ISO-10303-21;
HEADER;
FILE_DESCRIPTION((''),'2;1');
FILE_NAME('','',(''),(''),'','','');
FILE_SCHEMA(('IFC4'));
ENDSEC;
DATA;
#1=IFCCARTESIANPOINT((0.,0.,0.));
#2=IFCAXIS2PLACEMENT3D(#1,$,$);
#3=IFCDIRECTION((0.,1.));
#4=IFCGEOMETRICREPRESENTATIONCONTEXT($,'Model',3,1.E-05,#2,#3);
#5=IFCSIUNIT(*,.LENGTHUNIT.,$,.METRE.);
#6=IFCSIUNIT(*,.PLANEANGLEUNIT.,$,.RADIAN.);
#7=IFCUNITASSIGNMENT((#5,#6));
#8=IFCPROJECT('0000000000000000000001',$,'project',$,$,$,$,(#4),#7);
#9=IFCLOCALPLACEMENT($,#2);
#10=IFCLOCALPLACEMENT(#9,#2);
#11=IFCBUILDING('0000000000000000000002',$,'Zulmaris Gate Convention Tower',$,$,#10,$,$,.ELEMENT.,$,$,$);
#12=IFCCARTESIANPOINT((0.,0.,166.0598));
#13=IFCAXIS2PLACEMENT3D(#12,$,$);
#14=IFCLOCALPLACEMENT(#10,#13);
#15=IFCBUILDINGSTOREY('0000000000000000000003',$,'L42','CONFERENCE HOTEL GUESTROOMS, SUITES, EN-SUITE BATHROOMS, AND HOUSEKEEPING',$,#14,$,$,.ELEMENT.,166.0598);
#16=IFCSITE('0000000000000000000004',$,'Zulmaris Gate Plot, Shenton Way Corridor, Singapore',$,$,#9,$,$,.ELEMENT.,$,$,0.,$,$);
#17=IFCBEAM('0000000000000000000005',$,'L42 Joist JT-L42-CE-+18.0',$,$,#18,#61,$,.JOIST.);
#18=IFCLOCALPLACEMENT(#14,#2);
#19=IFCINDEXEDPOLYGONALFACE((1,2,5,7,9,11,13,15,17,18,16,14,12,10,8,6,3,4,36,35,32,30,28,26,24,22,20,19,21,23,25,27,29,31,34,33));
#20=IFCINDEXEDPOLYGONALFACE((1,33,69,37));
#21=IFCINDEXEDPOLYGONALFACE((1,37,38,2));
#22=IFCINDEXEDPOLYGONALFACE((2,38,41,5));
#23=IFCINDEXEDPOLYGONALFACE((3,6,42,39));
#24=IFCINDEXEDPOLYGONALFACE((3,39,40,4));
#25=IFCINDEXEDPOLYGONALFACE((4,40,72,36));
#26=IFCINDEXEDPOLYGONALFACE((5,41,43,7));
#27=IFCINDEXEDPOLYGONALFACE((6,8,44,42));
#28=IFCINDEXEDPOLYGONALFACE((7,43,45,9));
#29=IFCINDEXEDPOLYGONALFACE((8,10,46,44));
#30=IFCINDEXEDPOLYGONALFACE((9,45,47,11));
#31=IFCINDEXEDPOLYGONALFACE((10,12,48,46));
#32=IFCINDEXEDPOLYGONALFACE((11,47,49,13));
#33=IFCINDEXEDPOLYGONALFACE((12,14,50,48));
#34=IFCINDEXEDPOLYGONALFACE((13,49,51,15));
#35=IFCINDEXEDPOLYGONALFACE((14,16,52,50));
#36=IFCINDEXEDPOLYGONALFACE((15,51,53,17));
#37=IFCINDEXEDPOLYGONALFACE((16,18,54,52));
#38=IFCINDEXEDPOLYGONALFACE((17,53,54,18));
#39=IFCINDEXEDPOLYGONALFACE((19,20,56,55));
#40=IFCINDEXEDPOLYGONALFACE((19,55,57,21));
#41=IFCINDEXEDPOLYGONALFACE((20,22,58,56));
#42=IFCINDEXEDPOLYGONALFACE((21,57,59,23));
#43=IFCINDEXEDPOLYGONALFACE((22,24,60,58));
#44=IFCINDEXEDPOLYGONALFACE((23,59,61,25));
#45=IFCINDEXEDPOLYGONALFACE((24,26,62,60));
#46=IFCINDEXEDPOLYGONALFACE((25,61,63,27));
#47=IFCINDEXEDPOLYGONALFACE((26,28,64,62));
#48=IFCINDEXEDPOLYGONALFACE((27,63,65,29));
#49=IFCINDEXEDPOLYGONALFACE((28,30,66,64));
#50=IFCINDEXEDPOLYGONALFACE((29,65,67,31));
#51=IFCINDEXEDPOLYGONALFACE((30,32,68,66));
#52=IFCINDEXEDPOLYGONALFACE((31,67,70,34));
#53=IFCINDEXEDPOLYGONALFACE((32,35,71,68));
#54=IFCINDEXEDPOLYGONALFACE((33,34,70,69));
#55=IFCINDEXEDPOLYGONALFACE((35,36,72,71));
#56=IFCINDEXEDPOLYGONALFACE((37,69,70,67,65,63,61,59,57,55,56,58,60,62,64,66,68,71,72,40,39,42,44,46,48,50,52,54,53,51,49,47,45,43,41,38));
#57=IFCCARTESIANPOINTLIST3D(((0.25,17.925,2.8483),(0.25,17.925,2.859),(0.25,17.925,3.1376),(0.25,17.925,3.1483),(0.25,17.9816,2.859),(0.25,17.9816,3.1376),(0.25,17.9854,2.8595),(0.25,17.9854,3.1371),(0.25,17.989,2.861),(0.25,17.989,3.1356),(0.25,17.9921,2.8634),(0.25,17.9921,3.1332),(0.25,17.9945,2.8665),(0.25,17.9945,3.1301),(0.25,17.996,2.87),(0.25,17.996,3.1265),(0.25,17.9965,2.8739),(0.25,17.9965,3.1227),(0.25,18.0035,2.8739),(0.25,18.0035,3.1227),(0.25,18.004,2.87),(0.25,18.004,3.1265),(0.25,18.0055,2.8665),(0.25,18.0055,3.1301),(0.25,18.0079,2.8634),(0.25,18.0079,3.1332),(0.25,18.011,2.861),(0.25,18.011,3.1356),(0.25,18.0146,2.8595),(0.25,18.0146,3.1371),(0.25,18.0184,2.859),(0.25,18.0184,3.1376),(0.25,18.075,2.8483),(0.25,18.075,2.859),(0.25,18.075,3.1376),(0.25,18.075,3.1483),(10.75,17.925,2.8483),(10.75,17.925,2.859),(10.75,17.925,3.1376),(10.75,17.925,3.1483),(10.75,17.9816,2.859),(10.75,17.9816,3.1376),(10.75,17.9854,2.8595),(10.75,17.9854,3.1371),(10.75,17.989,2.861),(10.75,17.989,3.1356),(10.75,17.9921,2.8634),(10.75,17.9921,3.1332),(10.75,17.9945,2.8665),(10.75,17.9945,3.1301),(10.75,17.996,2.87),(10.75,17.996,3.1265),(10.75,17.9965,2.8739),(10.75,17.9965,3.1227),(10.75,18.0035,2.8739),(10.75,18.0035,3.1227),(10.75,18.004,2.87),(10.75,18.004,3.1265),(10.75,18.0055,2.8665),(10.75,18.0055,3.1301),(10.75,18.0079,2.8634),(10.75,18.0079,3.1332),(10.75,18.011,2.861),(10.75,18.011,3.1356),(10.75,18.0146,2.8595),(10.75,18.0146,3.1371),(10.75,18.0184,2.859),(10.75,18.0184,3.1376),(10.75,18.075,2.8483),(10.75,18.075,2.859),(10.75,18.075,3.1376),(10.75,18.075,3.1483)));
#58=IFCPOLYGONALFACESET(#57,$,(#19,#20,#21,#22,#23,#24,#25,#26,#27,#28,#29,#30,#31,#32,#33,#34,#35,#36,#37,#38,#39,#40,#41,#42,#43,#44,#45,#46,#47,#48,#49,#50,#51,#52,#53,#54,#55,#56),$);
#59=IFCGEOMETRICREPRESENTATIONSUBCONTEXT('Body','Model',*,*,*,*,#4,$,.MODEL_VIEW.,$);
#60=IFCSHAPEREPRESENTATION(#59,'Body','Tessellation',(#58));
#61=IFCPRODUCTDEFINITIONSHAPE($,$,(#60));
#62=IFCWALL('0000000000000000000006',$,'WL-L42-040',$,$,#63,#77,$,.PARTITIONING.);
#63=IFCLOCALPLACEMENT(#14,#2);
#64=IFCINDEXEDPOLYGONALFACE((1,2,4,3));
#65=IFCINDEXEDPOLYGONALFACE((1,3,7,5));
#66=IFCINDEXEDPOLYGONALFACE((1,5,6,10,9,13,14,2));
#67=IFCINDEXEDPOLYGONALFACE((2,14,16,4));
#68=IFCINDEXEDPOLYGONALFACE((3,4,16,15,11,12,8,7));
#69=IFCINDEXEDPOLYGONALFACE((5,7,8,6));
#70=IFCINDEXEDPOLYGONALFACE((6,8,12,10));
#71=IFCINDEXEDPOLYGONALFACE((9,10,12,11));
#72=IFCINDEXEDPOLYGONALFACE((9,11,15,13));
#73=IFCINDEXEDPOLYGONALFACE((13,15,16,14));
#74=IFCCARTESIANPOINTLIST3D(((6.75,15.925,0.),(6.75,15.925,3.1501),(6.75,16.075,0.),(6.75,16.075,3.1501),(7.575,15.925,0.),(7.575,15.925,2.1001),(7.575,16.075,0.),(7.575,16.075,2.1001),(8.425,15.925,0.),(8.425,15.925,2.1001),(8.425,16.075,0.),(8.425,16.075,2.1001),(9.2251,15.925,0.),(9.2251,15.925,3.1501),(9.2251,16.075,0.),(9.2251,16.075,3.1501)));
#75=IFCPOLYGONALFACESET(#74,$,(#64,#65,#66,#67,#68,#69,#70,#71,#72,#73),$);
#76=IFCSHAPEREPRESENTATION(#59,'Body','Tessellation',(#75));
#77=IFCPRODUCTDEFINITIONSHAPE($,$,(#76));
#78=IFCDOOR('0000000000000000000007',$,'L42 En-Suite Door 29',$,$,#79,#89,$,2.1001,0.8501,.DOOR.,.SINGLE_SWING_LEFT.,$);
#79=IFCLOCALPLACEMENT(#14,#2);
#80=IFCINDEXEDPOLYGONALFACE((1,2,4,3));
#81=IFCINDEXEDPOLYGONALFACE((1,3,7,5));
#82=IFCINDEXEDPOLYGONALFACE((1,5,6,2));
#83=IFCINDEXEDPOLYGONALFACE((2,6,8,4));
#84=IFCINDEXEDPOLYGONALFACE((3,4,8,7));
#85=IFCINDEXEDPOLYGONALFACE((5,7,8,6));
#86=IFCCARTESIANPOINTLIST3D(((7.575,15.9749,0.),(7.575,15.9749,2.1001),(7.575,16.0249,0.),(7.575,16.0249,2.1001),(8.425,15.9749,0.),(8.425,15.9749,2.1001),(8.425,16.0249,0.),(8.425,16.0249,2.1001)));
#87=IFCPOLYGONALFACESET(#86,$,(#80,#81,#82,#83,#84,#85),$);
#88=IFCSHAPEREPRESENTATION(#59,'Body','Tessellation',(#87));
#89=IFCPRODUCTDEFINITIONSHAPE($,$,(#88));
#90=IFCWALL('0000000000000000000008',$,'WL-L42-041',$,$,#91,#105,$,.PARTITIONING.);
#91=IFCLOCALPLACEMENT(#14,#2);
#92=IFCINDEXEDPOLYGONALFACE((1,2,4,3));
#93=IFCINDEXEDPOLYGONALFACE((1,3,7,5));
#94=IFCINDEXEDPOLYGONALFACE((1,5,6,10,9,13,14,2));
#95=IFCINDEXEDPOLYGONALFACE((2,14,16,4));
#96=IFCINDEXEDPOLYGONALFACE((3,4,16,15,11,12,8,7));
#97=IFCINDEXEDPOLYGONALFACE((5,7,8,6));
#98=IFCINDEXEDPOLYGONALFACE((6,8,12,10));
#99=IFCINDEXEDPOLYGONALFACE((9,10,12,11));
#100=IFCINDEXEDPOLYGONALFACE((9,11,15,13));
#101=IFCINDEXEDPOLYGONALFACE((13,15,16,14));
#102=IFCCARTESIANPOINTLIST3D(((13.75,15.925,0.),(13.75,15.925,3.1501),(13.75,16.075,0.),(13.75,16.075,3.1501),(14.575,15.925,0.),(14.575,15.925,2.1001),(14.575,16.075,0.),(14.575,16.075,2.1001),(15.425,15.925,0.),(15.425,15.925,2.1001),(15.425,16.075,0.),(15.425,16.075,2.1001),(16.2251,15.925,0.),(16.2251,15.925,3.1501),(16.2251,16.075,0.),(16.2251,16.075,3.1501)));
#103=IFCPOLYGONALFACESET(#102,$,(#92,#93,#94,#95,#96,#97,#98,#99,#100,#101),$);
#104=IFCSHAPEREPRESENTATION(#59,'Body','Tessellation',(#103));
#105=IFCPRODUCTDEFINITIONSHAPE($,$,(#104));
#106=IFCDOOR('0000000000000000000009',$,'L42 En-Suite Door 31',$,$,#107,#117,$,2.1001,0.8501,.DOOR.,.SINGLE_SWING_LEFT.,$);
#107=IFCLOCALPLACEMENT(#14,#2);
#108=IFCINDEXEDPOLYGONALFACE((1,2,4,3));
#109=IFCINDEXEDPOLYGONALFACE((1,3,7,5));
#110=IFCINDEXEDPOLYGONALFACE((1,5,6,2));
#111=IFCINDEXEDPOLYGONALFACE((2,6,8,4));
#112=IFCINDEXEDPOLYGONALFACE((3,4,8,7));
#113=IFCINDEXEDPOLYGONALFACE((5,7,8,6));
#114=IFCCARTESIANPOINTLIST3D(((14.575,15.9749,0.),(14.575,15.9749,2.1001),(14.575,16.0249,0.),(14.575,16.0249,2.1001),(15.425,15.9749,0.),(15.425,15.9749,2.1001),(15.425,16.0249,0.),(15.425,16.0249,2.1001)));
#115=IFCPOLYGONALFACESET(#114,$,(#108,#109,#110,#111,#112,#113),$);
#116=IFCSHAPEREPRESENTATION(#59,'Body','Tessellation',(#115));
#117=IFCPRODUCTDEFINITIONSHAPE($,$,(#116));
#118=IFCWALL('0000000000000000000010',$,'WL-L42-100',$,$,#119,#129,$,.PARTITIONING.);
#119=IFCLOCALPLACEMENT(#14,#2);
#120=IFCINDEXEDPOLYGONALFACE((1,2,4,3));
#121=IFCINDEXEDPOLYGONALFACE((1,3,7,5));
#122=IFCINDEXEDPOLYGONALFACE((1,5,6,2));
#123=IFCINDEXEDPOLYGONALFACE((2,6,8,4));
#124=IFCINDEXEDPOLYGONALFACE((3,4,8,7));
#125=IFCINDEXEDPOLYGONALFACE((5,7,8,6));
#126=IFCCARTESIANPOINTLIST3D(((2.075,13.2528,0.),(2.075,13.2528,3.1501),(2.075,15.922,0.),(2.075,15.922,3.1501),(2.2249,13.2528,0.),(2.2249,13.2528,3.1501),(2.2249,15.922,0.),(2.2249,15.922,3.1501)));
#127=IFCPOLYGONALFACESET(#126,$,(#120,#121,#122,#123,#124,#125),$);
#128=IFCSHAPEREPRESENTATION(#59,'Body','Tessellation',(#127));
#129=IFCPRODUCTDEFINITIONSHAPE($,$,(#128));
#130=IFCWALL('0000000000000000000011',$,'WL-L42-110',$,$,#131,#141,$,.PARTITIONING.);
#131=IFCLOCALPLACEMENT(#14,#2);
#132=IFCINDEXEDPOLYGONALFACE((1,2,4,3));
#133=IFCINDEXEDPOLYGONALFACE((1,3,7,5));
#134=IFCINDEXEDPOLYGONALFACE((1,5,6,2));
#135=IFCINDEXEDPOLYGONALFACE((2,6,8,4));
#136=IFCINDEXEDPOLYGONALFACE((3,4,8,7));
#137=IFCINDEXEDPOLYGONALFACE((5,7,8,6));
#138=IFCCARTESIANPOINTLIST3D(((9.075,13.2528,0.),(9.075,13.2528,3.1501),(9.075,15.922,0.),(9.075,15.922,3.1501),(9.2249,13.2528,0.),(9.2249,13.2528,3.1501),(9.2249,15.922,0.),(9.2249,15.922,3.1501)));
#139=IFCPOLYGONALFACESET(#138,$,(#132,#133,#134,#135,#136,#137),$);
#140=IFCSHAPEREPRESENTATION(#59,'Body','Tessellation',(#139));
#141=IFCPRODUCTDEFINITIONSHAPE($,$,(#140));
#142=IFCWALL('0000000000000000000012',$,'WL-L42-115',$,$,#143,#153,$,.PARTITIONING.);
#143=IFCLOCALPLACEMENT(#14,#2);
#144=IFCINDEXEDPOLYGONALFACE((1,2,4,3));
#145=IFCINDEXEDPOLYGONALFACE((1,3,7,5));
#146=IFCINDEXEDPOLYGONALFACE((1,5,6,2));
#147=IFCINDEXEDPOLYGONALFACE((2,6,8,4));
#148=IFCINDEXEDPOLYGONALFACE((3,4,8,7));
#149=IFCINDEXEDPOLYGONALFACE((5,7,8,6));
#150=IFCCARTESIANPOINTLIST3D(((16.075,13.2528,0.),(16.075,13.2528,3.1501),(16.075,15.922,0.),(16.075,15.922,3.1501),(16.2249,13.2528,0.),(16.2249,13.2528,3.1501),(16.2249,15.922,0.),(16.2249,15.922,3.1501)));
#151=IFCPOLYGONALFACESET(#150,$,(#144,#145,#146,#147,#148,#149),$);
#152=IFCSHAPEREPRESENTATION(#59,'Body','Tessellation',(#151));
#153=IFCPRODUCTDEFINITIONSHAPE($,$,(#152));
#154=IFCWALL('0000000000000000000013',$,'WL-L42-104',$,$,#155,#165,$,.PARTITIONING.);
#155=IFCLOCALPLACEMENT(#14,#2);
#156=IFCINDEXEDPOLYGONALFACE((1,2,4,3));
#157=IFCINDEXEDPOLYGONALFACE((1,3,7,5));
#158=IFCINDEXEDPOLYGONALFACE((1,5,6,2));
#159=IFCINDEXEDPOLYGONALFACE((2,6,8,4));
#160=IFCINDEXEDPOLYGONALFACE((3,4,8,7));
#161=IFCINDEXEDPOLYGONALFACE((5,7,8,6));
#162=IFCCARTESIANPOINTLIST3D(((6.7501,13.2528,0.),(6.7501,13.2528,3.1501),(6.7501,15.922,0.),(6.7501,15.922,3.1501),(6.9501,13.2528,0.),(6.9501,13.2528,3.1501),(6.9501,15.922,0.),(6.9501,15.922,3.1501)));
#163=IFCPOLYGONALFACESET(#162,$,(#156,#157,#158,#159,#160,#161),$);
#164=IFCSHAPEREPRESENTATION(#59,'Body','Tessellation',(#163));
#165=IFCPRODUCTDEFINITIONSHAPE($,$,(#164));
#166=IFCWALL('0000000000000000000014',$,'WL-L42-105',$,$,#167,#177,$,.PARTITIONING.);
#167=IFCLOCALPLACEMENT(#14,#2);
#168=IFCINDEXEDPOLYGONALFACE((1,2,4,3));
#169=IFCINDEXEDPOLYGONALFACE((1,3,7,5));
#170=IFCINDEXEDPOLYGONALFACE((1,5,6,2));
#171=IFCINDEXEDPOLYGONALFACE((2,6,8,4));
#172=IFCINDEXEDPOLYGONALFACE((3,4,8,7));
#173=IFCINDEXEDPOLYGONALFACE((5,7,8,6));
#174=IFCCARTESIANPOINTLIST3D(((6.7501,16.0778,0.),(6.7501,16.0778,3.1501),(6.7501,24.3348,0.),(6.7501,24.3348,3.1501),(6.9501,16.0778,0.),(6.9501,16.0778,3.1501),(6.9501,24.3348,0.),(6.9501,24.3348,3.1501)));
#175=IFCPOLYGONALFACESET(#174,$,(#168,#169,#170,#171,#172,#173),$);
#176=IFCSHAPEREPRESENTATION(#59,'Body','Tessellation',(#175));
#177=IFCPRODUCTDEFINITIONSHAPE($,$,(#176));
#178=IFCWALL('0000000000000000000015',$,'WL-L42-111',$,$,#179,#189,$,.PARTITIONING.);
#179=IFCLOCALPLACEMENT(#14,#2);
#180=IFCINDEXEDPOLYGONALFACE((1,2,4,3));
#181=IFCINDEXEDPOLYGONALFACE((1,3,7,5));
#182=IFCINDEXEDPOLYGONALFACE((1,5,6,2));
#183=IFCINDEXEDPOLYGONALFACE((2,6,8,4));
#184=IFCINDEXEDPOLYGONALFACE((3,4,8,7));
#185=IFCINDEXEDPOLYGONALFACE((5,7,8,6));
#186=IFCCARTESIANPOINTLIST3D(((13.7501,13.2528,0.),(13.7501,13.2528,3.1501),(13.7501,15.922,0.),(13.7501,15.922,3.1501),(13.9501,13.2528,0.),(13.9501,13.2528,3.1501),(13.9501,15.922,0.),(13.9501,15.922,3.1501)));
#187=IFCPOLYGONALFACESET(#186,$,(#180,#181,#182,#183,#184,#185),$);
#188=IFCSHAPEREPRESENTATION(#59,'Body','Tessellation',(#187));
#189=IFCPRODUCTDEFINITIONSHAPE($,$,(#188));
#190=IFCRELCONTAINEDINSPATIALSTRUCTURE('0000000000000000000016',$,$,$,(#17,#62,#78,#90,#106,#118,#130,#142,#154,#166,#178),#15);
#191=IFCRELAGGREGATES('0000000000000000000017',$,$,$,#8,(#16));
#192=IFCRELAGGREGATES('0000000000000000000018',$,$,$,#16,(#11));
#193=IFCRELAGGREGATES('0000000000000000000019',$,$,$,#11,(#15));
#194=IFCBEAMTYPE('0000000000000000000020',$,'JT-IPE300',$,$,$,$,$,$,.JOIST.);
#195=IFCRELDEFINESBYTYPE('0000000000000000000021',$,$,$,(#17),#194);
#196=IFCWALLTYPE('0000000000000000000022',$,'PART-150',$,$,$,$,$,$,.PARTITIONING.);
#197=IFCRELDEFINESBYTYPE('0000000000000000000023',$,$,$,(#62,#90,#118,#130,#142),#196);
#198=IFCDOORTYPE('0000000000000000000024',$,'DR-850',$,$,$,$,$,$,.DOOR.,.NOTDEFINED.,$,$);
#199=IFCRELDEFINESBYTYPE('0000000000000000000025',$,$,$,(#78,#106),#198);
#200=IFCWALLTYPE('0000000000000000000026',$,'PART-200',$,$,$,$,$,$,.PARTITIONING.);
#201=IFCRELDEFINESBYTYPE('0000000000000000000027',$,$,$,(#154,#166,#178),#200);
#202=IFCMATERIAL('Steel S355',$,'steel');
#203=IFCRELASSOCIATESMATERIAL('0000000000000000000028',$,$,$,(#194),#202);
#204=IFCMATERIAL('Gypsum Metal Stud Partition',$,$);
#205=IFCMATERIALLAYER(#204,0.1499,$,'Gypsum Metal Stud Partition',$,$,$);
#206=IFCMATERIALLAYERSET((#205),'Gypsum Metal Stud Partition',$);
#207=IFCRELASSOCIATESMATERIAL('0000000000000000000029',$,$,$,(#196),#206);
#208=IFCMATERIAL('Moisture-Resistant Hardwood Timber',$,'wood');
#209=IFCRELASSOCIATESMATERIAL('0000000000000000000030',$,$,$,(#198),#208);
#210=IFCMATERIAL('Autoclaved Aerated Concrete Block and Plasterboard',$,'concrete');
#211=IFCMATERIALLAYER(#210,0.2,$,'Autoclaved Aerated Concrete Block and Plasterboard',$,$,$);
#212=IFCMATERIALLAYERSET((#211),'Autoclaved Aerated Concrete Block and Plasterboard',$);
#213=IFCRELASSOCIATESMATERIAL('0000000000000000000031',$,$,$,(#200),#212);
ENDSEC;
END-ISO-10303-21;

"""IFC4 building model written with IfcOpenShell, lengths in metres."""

from ifc_helpers import new_model, si_unit, direction, frame, frame_2d, origin, origin_2d, place, context, subcontext, project, spatial, rectangle, i_section, extrude, material, layer, layer_set, material_profile, profile_set, type_object, element, fill, save


model = new_model("IFC4")

# Units and contexts
model_context = context("Model", 3, precision=1e-05, world=origin(), true_north=direction((0.0, 1.0)))
body_context = subcontext(model_context, "Body", "Model", "MODEL_VIEW")
ifc_project = project(units=[si_unit("LENGTHUNIT", "METRE"), si_unit("PLANEANGLEUNIT", "RADIAN")], contexts=[model_context])

# Site, building, storey
site_placement = place(None, origin())
site = spatial("IfcSite", under=ifc_project, at=site_placement, Name="Zulmaris Gate Plot, Shenton Way Corridor, Singapore", CompositionType="ELEMENT", RefElevation=0.0)
building_placement = place(site_placement, origin())
building = spatial("IfcBuilding", under=site, at=building_placement, Name="Zulmaris Gate Convention Tower", CompositionType="ELEMENT")
storey_placement = place(building_placement, frame((0.0, 0.0, 166.0598)))
storey = spatial("IfcBuildingStorey", under=building, at=storey_placement, Name="L42", Description="CONFERENCE HOTEL GUESTROOMS, SUITES, EN-SUITE BATHROOMS, AND HOUSEKEEPING", CompositionType="ELEMENT", Elevation=166.0598)

# Beam
ifc_material_1 = material(Name="Steel S355", Category="steel")
ifc_material_profile_1 = material_profile(ifc_material_1, i_section(OverallWidth=0.1499, OverallDepth=0.3, WebThickness=0.0071, FlangeThickness=0.0107, FilletRadius=0.0149, at=origin_2d()), Name="IPE 300")
ifc_profile_set_1 = profile_set([ifc_material_profile_1], Name="Steel S355")
beam_type_1 = type_object("IfcBeamType", Name="JT-IPE300", PredefinedType="JOIST", material=ifc_profile_set_1)
for number, where, z_axis, x_axis, name in (
    (1, (0.25, 18.0, 2.9983), (1.0, 0.0, 0.0), (0.0, 1.0, 0.0), "L42 Joist JT-L42-CE-+18.0"),
):
    element("IfcBeam", number, at=place(storey_placement, frame(where, z_axis=z_axis, x_axis=x_axis)), inside=storey, type_object=beam_type_1, Name=name, PredefinedType="JOIST", context=body_context, shape_type="SweptSolid", body=[
        extrude(i_section(OverallWidth=0.1499, OverallDepth=0.3, WebThickness=0.0071, FlangeThickness=0.0107, FilletRadius=0.0149, at=origin_2d()), origin(), (0.0, 0.0, 1.0), 10.5),
    ])

# Walls, openings, doors
ifc_material_2 = material(Name="Gypsum Metal Stud Partition")
ifc_layer_1 = layer(ifc_material_2, 0.1499, Name="Gypsum Metal Stud Partition")
ifc_layer_set_1 = layer_set([ifc_layer_1], Name="Gypsum Metal Stud Partition")
wall_type_1 = type_object("IfcWallType", Name="PART-150", PredefinedType="PARTITIONING", material=ifc_layer_set_1)
wall_1_placement = place(storey_placement, frame((6.75, 16.0, 0.0), z_axis=(0.0, 0.0, 1.0), x_axis=(1.0, 0.0, 0.0)))
wall_1 = element("IfcWall", 2, at=wall_1_placement, inside=storey, type_object=wall_type_1, Name="WL-L42-040", PredefinedType="PARTITIONING", context=body_context, shape_type="SweptSolid", body=[
    extrude(rectangle(XDim=2.4751, YDim=0.1499, at=frame_2d((1.2375, 0.0))), origin(), (0.0, 0.0, 1.0), 3.1501),
])
opening_1_placement = place(wall_1_placement, frame((0.825, 0.0, 0.0)))
opening_1 = element("IfcOpeningElement", 3, at=opening_1_placement, cuts=wall_1, PredefinedType="OPENING", context=body_context, shape_type="SweptSolid", body=[
    extrude(rectangle(XDim=0.8501, YDim=2.1001, at=frame_2d((0.425, 1.05))), frame((0.0, 0.085, 0.0), z_axis=(0.0, -1.0, 0.0), x_axis=(1.0, 0.0, 0.0)), (0.0, 0.0, 1.0), 0.1699),
])
ifc_material_3 = material(Name="Moisture-Resistant Hardwood Timber", Category="wood")
door_type_1 = type_object("IfcDoorType", Name="DR-850", OperationType="NOTDEFINED", PredefinedType="DOOR", material=ifc_material_3)
door_1_placement = place(opening_1_placement, origin())
door_1 = element("IfcDoor", 4, at=door_1_placement, inside=storey, type_object=door_type_1, Name="L42 En-Suite Door 29", OperationType="SINGLE_SWING_LEFT", OverallHeight=2.1001, OverallWidth=0.8501, PredefinedType="DOOR", context=body_context, shape_type="SweptSolid", body=[
    extrude(rectangle(XDim=0.8501, YDim=2.1001, at=frame_2d((0.425, 1.05))), frame((0.0, 0.0249, 0.0), z_axis=(0.0, -1.0, 0.0), x_axis=(1.0, 0.0, 0.0)), (0.0, 0.0, 1.0), 0.05),
])
fill(opening_1, door_1)
wall_2_placement = place(storey_placement, frame((13.75, 16.0, 0.0), z_axis=(0.0, 0.0, 1.0), x_axis=(1.0, 0.0, 0.0)))
wall_2 = element("IfcWall", 5, at=wall_2_placement, inside=storey, type_object=wall_type_1, Name="WL-L42-041", PredefinedType="PARTITIONING", context=body_context, shape_type="SweptSolid", body=[
    extrude(rectangle(XDim=2.4751, YDim=0.1499, at=frame_2d((1.2375, 0.0))), origin(), (0.0, 0.0, 1.0), 3.1501),
])
opening_2_placement = place(wall_2_placement, frame((0.825, 0.0, 0.0)))
opening_2 = element("IfcOpeningElement", 6, at=opening_2_placement, cuts=wall_2, PredefinedType="OPENING", context=body_context, shape_type="SweptSolid", body=[
    extrude(rectangle(XDim=0.8501, YDim=2.1001, at=frame_2d((0.425, 1.05))), frame((0.0, 0.085, 0.0), z_axis=(0.0, -1.0, 0.0), x_axis=(1.0, 0.0, 0.0)), (0.0, 0.0, 1.0), 0.1699),
])
door_2_placement = place(opening_2_placement, origin())
door_2 = element("IfcDoor", 7, at=door_2_placement, inside=storey, type_object=door_type_1, Name="L42 En-Suite Door 31", OperationType="SINGLE_SWING_LEFT", OverallHeight=2.1001, OverallWidth=0.8501, PredefinedType="DOOR", context=body_context, shape_type="SweptSolid", body=[
    extrude(rectangle(XDim=0.8501, YDim=2.1001, at=frame_2d((0.425, 1.05))), frame((0.0, 0.0249, 0.0), z_axis=(0.0, -1.0, 0.0), x_axis=(1.0, 0.0, 0.0)), (0.0, 0.0, 1.0), 0.05),
])
fill(opening_2, door_2)

# Walls
for number, where, z_axis, x_axis, name in (
    (8, (2.1499, 13.2529, 0.0), (0.0, 0.0, 1.0), (0.0, 1.0, 0.0), "WL-L42-100"),
    (9, (9.1499, 13.2529, 0.0), (0.0, 0.0, 1.0), (0.0, 1.0, 0.0), "WL-L42-110"),
    (10, (16.1499, 13.2529, 0.0), (0.0, 0.0, 1.0), (0.0, 1.0, 0.0), "WL-L42-115"),
):
    element("IfcWall", number, at=place(storey_placement, frame(where, z_axis=z_axis, x_axis=x_axis)), inside=storey, type_object=wall_type_1, Name=name, PredefinedType="PARTITIONING", context=body_context, shape_type="SweptSolid", body=[
        extrude(rectangle(XDim=2.6692, YDim=0.1499, at=frame_2d((1.3345, 0.0))), origin(), (0.0, 0.0, 1.0), 3.1501),
    ])
ifc_material_4 = material(Name="Autoclaved Aerated Concrete Block and Plasterboard", Category="concrete")
ifc_layer_2 = layer(ifc_material_4, 0.2, Name="Autoclaved Aerated Concrete Block and Plasterboard")
ifc_layer_set_2 = layer_set([ifc_layer_2], Name="Autoclaved Aerated Concrete Block and Plasterboard")
wall_type_2 = type_object("IfcWallType", Name="PART-200", PredefinedType="PARTITIONING", material=ifc_layer_set_2)
wall_3_placement = place(storey_placement, frame((6.8501, 13.2529, 0.0), z_axis=(0.0, 0.0, 1.0), x_axis=(0.0, 1.0, 0.0)))
element("IfcWall", 11, at=wall_3_placement, inside=storey, type_object=wall_type_2, Name="WL-L42-104", PredefinedType="PARTITIONING", context=body_context, shape_type="SweptSolid", body=[
    extrude(rectangle(XDim=2.6692, YDim=0.2, at=frame_2d((1.3345, 0.0))), origin(), (0.0, 0.0, 1.0), 3.1501),
])
wall_4_placement = place(storey_placement, frame((6.8501, 16.0779, 0.0), z_axis=(0.0, 0.0, 1.0), x_axis=(0.0, 1.0, 0.0)))
element("IfcWall", 12, at=wall_4_placement, inside=storey, type_object=wall_type_2, Name="WL-L42-105", PredefinedType="PARTITIONING", context=body_context, shape_type="SweptSolid", body=[
    extrude(rectangle(XDim=8.2571, YDim=0.2, at=frame_2d((4.1284, 0.0))), origin(), (0.0, 0.0, 1.0), 3.1501),
])
wall_5_placement = place(storey_placement, frame((13.8501, 13.2529, 0.0), z_axis=(0.0, 0.0, 1.0), x_axis=(0.0, 1.0, 0.0)))
element("IfcWall", 13, at=wall_5_placement, inside=storey, type_object=wall_type_2, Name="WL-L42-111", PredefinedType="PARTITIONING", context=body_context, shape_type="SweptSolid", body=[
    extrude(rectangle(XDim=2.6692, YDim=0.2, at=frame_2d((1.3345, 0.0))), origin(), (0.0, 0.0, 1.0), 3.1501),
])

save(model, "model.ifc")
